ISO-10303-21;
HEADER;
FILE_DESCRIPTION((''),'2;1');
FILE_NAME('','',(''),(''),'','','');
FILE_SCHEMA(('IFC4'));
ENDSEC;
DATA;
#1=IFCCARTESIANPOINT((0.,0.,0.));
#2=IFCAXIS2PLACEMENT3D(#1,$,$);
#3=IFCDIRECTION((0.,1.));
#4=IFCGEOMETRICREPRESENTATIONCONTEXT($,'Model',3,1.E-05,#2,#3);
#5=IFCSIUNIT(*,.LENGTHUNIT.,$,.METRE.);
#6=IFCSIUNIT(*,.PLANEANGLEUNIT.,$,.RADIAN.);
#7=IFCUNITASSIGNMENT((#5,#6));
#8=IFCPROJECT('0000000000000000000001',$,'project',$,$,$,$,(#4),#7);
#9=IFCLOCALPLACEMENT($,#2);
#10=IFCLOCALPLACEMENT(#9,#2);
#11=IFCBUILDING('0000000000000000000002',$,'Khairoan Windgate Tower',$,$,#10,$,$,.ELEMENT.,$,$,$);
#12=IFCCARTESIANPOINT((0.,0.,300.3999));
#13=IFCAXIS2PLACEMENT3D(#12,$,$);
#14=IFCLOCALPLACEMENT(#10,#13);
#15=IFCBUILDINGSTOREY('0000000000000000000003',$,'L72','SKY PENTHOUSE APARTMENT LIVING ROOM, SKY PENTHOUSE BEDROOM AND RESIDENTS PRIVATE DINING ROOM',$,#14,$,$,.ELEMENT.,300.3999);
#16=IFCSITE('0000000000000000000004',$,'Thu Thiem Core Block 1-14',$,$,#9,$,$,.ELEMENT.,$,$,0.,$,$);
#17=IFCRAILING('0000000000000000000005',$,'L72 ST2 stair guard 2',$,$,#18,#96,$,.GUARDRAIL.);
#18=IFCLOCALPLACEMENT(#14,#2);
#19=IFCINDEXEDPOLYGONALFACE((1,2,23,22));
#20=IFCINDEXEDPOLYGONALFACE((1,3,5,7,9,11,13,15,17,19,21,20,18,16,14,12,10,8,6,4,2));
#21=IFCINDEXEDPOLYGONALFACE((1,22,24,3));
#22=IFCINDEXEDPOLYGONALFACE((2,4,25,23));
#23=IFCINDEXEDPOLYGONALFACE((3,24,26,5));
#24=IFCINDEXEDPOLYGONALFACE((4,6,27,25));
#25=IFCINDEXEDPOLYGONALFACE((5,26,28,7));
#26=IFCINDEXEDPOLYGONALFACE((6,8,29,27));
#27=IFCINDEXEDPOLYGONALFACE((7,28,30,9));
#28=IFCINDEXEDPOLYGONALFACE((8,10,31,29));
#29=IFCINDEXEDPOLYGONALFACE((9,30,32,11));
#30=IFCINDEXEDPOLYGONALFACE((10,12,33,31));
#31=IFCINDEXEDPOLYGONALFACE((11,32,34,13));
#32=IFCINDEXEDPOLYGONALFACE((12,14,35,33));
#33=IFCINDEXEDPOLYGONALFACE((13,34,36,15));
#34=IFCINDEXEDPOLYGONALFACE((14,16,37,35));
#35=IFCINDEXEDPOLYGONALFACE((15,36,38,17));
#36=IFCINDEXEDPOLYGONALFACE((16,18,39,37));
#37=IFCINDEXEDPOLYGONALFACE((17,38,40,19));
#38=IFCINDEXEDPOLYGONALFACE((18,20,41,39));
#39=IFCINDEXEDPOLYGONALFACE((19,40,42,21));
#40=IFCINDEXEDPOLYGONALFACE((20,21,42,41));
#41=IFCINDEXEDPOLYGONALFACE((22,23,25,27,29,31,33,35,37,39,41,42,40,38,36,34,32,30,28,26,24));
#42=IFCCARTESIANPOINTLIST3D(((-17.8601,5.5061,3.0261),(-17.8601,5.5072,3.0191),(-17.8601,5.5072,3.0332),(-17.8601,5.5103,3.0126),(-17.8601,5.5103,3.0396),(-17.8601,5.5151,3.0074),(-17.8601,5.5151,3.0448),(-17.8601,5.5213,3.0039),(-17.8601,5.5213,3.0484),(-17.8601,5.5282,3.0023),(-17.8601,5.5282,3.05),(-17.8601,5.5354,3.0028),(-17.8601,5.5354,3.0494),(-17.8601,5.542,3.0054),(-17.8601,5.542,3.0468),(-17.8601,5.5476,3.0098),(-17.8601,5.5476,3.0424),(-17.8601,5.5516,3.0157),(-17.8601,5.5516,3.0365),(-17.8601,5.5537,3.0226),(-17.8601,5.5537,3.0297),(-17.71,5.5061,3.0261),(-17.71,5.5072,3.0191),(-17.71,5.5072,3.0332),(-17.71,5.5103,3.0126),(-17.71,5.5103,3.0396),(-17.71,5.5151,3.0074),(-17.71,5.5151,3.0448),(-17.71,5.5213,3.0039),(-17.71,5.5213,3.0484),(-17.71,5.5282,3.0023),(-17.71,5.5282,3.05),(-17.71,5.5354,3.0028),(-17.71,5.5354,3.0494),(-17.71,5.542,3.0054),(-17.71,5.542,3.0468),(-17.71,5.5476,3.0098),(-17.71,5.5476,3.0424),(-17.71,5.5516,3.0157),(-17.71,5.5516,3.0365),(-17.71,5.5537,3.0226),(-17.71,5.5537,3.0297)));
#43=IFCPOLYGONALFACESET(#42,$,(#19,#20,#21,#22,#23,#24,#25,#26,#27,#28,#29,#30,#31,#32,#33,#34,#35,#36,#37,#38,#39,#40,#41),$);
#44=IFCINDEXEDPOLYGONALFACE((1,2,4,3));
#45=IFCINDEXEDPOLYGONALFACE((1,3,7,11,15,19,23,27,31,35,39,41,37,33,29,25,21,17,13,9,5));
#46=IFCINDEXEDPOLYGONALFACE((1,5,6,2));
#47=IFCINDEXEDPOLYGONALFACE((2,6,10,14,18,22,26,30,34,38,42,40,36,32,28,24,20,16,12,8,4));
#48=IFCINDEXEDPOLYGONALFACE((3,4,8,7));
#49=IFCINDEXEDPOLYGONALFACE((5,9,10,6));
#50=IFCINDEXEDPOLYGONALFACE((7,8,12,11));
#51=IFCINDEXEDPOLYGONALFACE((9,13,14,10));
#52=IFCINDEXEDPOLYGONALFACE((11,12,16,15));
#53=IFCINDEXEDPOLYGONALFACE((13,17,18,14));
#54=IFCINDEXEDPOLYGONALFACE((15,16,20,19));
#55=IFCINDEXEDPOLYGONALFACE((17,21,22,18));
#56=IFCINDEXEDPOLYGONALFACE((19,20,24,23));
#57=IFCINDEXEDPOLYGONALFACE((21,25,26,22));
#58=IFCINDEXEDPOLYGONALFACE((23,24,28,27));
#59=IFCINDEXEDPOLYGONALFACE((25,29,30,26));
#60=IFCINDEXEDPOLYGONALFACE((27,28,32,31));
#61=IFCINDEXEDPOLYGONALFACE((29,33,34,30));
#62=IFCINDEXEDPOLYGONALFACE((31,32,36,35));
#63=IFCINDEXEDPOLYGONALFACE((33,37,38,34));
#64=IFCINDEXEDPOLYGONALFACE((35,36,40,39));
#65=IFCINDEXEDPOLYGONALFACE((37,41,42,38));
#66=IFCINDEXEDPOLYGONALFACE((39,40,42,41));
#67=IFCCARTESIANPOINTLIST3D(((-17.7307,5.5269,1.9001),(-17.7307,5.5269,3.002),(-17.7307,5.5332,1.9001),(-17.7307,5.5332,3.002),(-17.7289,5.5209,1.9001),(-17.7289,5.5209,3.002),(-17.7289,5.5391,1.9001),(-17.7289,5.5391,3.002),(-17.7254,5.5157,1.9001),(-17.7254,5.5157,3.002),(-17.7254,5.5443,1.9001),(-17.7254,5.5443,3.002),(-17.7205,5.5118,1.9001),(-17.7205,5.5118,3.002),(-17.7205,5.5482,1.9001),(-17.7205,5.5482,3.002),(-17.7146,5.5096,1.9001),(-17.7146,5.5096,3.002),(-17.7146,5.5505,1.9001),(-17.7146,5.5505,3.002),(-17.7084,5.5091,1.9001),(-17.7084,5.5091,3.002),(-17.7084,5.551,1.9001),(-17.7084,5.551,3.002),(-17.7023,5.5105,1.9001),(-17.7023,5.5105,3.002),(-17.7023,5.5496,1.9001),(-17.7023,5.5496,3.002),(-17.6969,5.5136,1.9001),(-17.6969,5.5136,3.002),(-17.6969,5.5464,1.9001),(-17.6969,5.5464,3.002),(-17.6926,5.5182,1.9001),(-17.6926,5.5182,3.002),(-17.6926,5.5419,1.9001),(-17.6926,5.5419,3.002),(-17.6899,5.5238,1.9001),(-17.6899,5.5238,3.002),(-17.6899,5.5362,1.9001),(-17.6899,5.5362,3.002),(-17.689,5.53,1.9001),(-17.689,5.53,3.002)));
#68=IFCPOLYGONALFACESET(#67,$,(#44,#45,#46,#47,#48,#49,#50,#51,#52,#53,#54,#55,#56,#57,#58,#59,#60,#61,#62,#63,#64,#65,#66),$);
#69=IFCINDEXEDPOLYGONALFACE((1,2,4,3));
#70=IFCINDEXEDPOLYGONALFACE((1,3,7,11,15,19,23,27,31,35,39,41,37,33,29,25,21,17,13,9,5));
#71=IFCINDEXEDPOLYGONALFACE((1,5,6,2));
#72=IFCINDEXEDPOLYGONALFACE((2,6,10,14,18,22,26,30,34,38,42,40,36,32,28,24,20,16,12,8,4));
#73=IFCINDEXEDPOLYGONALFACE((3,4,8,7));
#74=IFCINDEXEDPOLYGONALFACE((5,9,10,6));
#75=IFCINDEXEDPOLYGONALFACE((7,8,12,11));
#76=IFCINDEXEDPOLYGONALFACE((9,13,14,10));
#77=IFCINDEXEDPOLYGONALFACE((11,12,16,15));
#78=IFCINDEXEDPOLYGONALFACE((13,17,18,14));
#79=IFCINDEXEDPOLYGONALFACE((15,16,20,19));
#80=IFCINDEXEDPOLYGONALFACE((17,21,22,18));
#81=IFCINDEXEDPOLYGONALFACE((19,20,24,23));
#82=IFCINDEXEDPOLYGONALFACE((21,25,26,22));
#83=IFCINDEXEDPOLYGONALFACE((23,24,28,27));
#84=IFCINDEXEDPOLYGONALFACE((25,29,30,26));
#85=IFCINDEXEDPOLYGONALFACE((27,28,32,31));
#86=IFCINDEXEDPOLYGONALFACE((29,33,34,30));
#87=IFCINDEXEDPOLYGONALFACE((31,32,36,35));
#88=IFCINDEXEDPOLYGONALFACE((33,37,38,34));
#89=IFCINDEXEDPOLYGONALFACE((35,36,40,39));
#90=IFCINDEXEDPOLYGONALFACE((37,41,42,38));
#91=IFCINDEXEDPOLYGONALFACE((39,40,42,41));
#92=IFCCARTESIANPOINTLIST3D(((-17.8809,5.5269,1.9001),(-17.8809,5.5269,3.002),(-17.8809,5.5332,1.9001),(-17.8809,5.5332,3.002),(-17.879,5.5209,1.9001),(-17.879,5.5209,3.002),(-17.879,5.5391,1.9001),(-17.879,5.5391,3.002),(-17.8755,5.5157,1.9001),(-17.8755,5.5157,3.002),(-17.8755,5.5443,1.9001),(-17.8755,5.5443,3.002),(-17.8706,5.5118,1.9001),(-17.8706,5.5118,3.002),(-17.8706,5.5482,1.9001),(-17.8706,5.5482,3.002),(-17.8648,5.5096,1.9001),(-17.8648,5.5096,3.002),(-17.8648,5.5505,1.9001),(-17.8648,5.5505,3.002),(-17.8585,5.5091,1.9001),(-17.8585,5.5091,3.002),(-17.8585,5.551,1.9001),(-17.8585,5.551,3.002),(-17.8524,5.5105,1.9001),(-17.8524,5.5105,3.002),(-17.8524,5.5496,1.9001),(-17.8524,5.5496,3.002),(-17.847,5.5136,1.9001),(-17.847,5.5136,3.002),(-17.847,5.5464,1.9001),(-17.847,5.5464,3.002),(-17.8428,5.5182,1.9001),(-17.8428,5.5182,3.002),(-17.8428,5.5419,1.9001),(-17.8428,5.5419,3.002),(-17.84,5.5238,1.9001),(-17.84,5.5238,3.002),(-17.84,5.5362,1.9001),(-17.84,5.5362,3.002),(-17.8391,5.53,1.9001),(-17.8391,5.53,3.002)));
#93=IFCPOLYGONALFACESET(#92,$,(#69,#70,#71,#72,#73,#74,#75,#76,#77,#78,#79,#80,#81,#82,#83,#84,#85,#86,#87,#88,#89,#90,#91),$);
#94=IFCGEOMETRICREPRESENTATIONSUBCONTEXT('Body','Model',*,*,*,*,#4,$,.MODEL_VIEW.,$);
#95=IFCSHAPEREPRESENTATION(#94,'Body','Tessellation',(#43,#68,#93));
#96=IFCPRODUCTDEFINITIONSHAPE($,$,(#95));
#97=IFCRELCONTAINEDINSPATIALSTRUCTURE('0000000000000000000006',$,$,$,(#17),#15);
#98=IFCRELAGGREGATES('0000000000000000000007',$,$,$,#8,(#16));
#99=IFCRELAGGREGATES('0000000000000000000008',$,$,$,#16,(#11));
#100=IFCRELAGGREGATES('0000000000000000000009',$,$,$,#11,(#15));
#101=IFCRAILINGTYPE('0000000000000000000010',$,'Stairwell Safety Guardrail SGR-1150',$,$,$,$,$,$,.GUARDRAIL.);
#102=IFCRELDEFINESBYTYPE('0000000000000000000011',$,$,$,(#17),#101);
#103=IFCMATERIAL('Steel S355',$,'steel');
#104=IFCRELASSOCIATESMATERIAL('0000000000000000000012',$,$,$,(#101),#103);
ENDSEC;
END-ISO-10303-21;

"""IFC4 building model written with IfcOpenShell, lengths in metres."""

from ifc_helpers import new_model, si_unit, direction, frame, origin, origin_2d, place, context, subcontext, project, spatial, circle, extrude, material, type_object, element, save


model = new_model("IFC4")

# Units and contexts
model_context = context("Model", 3, precision=1e-05, world=origin(), true_north=direction((0.0, 1.0)))
body_context = subcontext(model_context, "Body", "Model", "MODEL_VIEW")
ifc_project = project(units=[si_unit("LENGTHUNIT", "METRE"), si_unit("PLANEANGLEUNIT", "RADIAN")], contexts=[model_context])

# Site, building, storey
site_placement = place(None, origin())
site = spatial("IfcSite", under=ifc_project, at=site_placement, Name="Thu Thiem Core Block 1-14", CompositionType="ELEMENT", RefElevation=0.0)
building_placement = place(site_placement, origin())
building = spatial("IfcBuilding", under=site, at=building_placement, Name="Khairoan Windgate Tower", CompositionType="ELEMENT")
storey_placement = place(building_placement, frame((0.0, 0.0, 300.3999)))
storey = spatial("IfcBuildingStorey", under=building, at=storey_placement, Name="L72", Description="SKY PENTHOUSE APARTMENT LIVING ROOM, SKY PENTHOUSE BEDROOM AND RESIDENTS PRIVATE DINING ROOM", CompositionType="ELEMENT", Elevation=300.3999)

# Railing
ifc_material_1 = material(Name="Steel S355", Category="steel")
railing_type_1 = type_object("IfcRailingType", Name="Stairwell Safety Guardrail SGR-1150", PredefinedType="GUARDRAIL", material=ifc_material_1)
railing_1_placement = place(storey_placement, frame((-17.71, 5.53, 1.9001)))
element("IfcRailing", 1, at=railing_1_placement, inside=storey, type_object=railing_type_1, Name="L72 ST2 stair guard 2", PredefinedType="GUARDRAIL", context=body_context, shape_type="SweptSolid", body=[
    extrude(circle(Radius=0.0239, at=origin_2d()), frame((0.0, 0.0, 1.126), z_axis=(-1.0, 0.0, 0.0), x_axis=(0.0, -1.0, 0.0)), (0.0, 0.0, 1.0), 0.1501),
    extrude(circle(Radius=0.021, at=origin_2d()), origin(), (0.0, 0.0, 1.0), 1.1018),
    extrude(circle(Radius=0.021, at=origin_2d()), frame((-0.1501, 0.0, 0.0)), (0.0, 0.0, 1.0), 1.1018),
])

save(model, "model.ifc")
